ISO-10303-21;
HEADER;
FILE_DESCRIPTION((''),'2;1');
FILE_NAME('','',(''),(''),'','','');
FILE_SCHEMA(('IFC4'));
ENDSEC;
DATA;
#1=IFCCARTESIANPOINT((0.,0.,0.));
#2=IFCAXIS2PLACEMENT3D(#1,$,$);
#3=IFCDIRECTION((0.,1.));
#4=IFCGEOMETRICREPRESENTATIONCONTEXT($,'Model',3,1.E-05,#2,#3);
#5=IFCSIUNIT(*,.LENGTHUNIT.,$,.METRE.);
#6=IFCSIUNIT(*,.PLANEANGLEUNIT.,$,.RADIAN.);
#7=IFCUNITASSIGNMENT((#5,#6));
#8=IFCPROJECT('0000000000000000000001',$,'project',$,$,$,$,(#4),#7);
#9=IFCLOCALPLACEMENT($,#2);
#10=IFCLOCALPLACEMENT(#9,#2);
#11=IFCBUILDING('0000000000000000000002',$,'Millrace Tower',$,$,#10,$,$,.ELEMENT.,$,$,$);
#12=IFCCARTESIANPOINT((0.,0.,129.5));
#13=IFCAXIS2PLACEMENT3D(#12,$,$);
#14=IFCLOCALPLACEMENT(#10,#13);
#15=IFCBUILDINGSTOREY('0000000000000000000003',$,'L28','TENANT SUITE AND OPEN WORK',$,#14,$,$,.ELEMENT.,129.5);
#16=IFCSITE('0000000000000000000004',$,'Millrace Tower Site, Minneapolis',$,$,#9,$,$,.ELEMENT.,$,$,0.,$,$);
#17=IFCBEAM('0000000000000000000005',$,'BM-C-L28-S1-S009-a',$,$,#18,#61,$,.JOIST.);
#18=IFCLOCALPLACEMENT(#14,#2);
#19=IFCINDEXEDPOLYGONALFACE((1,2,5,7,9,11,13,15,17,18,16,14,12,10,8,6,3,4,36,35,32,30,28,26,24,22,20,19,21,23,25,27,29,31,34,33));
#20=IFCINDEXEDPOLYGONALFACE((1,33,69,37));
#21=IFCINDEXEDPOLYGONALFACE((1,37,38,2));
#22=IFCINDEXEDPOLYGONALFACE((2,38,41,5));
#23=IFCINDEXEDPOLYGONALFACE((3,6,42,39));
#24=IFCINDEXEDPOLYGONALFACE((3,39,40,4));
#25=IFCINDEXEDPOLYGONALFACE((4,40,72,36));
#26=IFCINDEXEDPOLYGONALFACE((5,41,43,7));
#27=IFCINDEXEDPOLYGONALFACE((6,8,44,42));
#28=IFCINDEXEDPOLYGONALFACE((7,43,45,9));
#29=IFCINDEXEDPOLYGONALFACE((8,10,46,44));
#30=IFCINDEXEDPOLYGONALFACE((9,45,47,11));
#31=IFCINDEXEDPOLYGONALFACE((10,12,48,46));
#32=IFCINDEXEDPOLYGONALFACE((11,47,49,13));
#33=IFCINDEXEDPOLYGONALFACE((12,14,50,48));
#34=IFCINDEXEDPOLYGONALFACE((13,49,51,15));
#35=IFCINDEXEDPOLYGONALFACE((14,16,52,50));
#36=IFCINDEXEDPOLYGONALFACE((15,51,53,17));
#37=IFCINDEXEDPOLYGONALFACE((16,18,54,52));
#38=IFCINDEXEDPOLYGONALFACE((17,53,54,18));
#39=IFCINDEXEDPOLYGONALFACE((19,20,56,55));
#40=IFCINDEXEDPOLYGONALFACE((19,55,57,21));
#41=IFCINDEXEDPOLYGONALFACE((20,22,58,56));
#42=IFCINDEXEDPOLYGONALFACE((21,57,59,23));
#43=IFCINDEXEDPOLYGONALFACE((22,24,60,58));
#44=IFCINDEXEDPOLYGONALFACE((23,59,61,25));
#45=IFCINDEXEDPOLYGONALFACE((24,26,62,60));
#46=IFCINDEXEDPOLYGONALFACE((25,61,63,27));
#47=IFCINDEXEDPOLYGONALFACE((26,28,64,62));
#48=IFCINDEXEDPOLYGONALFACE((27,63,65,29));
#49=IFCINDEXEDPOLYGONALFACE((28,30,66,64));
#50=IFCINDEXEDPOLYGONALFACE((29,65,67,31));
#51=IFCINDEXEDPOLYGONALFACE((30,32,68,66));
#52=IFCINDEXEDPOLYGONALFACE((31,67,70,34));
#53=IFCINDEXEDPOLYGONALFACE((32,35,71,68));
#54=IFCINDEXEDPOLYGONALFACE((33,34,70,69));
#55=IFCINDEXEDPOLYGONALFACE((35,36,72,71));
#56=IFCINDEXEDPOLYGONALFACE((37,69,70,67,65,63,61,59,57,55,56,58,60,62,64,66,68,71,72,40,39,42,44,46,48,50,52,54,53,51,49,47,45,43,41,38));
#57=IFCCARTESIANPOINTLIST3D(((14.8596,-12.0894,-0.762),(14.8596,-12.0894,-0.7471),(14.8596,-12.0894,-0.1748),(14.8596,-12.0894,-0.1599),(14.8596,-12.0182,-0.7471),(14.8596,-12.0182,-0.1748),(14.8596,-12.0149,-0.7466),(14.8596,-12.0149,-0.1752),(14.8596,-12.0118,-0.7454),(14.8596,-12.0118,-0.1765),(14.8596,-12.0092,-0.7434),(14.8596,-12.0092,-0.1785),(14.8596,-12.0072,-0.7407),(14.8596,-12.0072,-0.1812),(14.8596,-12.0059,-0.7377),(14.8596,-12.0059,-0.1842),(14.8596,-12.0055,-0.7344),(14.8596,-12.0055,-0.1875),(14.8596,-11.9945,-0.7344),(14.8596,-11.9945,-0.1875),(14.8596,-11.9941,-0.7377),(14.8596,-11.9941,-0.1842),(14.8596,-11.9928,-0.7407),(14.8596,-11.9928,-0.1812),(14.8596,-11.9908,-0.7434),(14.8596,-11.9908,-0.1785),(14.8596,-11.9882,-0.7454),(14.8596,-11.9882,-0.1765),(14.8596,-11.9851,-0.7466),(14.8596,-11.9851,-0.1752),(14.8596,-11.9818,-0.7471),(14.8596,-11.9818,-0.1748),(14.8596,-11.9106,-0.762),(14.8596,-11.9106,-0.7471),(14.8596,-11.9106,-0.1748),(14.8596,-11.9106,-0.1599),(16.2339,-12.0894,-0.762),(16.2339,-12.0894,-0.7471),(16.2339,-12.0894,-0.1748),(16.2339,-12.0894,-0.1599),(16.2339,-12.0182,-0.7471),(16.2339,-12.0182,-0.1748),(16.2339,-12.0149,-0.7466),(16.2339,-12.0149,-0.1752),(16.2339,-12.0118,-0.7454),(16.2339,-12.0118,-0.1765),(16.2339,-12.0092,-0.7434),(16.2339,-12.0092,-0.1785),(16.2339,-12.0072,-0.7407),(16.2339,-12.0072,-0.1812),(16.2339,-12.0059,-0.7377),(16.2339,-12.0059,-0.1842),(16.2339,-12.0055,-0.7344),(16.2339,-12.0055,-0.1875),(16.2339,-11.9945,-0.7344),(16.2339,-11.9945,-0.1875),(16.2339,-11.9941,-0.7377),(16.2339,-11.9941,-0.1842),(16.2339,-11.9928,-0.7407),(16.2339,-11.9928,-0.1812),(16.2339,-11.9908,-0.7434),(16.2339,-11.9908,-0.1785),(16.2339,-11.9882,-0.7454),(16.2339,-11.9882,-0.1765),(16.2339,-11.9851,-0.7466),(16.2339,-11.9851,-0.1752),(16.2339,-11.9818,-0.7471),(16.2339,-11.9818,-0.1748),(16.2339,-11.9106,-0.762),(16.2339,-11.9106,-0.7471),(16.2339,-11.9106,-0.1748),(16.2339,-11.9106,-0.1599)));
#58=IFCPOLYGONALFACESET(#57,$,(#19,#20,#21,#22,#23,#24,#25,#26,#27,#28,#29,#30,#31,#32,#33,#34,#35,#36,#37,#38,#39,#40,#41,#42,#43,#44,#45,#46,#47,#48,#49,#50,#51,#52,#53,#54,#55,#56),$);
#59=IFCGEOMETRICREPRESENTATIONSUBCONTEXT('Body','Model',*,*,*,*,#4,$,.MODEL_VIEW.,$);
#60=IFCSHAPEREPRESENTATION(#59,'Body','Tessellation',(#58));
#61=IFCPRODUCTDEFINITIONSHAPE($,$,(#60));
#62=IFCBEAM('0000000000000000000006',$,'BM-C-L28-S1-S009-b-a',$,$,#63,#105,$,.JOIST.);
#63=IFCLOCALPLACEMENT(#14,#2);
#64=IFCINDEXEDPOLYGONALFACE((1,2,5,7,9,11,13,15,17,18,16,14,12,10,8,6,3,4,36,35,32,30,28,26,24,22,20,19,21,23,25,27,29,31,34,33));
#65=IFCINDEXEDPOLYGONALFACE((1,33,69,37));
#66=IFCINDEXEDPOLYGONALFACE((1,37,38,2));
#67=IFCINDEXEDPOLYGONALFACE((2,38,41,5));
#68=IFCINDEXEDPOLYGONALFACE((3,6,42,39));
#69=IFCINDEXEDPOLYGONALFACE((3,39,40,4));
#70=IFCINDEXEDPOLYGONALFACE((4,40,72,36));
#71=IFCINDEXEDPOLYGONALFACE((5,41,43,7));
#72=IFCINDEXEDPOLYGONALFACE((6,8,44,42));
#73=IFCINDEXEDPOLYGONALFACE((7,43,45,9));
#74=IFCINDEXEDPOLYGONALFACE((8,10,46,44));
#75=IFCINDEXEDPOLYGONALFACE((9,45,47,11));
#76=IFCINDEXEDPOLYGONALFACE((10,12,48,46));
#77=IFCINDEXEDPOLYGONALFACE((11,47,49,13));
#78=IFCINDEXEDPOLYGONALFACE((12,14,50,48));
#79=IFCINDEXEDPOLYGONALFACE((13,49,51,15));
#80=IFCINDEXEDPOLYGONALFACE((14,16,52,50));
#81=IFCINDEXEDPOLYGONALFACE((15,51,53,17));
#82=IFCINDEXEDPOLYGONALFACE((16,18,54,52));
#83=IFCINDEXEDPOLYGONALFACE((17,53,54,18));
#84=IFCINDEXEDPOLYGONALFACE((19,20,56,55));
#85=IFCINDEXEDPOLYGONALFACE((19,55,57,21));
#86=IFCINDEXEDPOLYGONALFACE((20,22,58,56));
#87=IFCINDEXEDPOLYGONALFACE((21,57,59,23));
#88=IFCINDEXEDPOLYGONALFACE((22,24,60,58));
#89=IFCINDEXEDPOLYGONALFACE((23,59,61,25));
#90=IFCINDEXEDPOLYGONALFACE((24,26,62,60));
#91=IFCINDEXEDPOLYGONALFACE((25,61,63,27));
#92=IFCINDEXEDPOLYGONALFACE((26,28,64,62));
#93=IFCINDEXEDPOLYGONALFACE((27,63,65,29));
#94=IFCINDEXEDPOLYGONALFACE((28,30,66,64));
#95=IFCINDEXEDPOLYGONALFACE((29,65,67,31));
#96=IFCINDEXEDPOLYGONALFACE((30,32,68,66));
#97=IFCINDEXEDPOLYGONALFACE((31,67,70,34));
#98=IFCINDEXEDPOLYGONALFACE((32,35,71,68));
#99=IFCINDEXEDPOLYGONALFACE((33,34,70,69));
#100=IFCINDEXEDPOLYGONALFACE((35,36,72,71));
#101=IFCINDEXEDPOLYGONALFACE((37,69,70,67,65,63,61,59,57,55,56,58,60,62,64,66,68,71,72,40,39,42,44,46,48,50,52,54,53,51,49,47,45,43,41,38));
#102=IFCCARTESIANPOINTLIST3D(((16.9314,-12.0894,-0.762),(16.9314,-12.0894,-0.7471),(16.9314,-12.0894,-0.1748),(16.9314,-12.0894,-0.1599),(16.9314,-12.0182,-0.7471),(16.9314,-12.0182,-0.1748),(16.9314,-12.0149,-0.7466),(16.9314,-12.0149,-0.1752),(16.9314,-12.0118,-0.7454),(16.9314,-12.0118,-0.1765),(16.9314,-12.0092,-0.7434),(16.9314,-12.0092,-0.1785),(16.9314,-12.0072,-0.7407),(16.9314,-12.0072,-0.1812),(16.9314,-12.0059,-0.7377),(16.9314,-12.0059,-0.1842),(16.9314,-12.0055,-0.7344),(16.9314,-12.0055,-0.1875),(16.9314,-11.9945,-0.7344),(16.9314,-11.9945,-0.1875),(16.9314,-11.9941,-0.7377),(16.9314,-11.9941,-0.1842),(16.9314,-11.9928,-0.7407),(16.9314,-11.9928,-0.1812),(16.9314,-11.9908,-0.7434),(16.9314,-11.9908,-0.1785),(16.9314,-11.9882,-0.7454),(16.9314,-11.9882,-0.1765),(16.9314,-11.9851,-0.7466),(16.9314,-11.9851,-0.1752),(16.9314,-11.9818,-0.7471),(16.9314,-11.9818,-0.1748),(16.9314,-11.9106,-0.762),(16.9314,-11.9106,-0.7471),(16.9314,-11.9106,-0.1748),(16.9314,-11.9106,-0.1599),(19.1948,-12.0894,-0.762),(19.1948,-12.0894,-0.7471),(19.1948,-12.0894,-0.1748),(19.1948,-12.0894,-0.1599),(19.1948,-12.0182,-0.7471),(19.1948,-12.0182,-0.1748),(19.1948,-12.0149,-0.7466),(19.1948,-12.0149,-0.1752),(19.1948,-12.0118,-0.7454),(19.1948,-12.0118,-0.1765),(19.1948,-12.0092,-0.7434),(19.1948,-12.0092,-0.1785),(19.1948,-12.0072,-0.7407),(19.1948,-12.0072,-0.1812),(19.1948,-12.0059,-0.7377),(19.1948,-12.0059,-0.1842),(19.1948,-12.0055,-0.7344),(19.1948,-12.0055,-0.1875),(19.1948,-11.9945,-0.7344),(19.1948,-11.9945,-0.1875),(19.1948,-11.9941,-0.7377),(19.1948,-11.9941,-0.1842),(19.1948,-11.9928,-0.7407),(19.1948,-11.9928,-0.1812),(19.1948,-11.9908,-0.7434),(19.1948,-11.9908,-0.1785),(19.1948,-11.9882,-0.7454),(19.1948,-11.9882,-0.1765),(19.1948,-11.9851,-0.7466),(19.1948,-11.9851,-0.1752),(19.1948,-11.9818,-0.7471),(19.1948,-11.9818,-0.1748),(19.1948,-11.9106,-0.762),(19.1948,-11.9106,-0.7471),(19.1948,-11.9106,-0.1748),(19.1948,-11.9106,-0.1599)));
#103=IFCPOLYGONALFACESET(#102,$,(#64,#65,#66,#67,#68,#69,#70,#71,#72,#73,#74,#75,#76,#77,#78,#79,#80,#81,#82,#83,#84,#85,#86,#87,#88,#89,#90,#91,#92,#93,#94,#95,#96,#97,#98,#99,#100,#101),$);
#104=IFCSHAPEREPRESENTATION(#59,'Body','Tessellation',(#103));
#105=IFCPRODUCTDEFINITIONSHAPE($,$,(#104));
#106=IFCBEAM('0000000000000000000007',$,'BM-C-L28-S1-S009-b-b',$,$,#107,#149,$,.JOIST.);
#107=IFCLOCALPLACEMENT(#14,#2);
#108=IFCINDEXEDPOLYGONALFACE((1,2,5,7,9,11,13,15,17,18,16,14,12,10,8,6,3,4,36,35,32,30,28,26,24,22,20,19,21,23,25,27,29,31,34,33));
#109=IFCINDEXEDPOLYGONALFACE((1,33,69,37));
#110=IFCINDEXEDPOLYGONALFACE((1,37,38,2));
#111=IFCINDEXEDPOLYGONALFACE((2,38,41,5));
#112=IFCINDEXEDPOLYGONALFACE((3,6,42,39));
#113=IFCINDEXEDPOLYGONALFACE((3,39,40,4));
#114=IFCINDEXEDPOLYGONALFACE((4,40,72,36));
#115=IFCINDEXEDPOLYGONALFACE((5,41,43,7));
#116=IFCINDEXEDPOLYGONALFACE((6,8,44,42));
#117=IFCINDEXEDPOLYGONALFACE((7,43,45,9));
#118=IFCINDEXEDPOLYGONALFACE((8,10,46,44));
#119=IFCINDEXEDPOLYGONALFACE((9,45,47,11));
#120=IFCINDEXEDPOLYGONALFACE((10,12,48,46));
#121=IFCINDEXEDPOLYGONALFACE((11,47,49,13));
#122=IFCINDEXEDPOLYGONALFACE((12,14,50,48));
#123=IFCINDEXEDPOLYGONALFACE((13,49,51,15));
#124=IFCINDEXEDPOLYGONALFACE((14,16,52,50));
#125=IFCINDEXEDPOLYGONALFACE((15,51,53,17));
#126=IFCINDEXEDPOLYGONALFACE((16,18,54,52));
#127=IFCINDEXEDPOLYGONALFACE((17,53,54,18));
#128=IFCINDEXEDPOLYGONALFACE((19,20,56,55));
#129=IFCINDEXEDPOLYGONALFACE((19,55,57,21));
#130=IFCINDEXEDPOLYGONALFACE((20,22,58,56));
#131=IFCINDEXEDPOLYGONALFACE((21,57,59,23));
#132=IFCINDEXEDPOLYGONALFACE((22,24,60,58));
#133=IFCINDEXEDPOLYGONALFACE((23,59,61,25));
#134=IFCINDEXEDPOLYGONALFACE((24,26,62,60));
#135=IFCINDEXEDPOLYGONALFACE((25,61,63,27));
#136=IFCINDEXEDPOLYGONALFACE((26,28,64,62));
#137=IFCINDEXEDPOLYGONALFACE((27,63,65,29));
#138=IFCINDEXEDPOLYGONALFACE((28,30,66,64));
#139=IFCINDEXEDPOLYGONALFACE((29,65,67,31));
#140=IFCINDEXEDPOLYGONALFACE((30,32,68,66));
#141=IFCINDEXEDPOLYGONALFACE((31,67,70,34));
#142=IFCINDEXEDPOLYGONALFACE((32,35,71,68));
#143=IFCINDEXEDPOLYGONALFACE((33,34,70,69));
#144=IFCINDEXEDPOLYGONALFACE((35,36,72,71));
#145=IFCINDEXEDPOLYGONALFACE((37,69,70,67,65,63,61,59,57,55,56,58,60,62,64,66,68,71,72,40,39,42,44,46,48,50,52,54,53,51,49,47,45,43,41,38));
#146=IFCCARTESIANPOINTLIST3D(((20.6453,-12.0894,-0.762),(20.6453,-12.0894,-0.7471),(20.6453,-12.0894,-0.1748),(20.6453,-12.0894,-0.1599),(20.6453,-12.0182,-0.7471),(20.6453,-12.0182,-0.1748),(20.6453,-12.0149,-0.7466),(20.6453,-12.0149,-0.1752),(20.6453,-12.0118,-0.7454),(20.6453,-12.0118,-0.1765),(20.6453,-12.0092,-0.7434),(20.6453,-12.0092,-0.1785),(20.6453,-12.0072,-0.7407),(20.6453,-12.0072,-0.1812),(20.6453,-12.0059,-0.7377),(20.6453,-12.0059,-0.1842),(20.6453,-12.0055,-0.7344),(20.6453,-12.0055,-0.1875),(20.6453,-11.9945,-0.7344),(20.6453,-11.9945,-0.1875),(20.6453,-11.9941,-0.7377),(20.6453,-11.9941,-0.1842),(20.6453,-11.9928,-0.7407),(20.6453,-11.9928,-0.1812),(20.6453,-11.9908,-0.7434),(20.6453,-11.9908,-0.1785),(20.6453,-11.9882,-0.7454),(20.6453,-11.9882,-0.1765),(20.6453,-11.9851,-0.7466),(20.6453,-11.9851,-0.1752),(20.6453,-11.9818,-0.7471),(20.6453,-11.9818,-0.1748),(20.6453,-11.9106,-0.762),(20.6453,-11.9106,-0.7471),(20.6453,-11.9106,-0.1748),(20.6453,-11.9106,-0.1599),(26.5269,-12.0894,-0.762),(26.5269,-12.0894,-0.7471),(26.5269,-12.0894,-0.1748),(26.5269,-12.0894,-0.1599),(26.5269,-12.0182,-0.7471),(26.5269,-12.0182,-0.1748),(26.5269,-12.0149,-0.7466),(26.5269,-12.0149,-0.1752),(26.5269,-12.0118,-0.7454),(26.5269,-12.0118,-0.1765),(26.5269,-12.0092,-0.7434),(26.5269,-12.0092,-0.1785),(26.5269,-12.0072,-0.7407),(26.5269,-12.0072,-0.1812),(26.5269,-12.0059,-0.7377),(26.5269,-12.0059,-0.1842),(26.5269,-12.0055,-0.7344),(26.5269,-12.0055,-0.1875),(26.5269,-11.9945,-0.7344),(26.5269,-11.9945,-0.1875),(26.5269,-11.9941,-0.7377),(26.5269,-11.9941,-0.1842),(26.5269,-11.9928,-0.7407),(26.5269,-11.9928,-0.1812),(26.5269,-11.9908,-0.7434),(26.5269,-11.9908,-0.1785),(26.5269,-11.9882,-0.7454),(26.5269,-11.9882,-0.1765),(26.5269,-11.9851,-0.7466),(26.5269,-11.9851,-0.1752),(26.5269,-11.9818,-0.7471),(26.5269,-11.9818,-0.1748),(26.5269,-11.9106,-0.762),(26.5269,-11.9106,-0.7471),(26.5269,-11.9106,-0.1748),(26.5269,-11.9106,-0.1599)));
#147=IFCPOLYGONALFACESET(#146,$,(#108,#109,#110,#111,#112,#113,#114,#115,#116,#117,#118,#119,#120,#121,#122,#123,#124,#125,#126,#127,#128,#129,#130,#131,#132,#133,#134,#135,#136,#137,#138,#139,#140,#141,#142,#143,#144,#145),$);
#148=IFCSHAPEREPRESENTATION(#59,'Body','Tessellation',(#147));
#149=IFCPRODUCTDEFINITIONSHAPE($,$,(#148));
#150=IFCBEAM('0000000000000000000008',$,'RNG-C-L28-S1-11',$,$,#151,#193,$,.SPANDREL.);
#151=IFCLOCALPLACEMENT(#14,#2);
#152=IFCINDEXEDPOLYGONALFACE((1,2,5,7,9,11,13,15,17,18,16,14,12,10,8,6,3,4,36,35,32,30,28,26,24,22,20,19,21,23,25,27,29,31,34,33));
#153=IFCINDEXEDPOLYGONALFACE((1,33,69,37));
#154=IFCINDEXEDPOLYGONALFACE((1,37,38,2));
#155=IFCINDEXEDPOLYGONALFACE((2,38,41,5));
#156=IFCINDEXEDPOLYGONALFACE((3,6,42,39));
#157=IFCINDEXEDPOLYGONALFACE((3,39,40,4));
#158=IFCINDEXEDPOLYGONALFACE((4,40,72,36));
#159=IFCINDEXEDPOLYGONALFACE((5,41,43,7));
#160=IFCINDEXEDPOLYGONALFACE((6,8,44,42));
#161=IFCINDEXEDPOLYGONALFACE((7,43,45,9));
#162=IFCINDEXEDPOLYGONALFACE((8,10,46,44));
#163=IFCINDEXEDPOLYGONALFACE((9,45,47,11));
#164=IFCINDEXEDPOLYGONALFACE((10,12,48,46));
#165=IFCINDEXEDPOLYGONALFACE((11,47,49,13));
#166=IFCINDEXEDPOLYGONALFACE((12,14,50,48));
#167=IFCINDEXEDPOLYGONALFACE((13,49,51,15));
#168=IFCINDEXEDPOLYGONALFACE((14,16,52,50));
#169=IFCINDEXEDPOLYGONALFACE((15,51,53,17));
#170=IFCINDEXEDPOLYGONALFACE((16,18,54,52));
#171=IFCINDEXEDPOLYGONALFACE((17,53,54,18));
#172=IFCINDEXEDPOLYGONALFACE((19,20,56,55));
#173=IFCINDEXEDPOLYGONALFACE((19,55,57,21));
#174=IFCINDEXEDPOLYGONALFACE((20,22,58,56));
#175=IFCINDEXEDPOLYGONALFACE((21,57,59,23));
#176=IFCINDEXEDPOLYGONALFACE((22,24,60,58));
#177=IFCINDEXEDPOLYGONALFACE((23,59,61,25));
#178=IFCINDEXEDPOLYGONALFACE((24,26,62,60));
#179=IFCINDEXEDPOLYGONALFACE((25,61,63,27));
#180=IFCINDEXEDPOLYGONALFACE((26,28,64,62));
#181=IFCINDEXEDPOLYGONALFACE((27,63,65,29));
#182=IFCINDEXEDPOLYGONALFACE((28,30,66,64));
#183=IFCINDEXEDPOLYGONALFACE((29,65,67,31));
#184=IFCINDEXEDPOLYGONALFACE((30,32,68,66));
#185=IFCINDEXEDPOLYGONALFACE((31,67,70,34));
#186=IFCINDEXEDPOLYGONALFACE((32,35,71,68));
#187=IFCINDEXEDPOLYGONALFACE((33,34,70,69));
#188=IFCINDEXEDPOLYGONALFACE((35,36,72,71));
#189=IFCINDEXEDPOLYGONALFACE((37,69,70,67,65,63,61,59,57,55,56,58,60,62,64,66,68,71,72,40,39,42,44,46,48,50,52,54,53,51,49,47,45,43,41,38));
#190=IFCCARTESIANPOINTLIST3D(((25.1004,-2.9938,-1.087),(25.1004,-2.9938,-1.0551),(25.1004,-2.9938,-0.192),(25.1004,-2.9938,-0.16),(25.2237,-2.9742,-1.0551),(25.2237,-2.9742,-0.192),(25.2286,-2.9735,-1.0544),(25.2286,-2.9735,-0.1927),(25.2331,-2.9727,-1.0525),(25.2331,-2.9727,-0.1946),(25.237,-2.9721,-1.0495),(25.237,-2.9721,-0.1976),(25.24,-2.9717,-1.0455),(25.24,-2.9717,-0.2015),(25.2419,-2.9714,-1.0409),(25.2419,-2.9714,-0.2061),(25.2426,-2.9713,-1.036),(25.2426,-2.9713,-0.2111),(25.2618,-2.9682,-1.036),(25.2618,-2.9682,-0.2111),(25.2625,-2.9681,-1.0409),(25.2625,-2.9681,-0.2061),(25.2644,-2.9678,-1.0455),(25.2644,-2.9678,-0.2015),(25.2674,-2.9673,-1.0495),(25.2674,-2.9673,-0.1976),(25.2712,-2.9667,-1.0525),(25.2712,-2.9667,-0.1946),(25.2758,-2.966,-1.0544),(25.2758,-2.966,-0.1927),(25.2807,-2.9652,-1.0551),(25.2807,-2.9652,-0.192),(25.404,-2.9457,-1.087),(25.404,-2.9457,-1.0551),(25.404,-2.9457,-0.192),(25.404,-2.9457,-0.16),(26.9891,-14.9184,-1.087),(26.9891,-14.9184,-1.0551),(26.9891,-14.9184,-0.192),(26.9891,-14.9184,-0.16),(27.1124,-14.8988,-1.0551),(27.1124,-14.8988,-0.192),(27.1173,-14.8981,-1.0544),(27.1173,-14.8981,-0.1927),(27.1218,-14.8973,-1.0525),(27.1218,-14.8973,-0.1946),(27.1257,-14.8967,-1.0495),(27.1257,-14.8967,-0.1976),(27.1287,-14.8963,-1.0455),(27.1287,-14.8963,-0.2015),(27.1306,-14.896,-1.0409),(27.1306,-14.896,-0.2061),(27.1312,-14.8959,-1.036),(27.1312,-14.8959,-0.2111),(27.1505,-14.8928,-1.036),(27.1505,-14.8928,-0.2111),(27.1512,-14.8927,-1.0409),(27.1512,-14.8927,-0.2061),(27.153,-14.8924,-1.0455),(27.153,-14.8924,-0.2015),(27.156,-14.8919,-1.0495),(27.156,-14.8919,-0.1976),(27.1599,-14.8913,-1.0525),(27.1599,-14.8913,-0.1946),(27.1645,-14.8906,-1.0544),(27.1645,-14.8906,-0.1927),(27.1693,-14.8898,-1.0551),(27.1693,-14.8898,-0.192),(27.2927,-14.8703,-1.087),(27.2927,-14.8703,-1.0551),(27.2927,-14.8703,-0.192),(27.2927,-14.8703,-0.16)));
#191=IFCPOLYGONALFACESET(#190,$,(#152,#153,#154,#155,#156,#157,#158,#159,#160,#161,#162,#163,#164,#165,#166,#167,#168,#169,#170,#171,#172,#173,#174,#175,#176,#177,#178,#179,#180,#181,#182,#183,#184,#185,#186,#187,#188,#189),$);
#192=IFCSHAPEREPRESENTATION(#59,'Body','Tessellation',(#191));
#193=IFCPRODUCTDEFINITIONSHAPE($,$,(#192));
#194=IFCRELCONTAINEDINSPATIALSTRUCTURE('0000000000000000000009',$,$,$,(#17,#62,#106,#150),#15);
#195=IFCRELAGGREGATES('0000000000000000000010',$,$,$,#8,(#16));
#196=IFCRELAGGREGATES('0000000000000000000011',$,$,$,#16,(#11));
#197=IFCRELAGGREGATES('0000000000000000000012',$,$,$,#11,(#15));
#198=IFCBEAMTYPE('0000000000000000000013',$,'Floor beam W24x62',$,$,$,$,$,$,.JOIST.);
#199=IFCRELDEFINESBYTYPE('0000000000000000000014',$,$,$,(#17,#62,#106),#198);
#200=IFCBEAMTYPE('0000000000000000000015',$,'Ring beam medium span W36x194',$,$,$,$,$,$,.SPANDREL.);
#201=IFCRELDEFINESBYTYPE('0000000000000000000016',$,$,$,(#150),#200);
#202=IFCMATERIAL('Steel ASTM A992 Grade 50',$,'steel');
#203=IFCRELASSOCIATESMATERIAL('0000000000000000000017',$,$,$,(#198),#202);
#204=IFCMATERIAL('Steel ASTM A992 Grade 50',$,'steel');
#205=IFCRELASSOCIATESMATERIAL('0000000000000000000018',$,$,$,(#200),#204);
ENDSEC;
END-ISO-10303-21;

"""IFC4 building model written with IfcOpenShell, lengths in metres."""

from ifc_helpers import new_model, si_unit, direction, frame, origin, origin_2d, place, context, subcontext, project, spatial, i_section, extrude, material, material_profile, profile_set, type_object, element, save


model = new_model("IFC4")

# Units and contexts
model_context = context("Model", 3, precision=1e-05, world=origin(), true_north=direction((0.0, 1.0)))
body_context = subcontext(model_context, "Body", "Model", "MODEL_VIEW")
ifc_project = project(units=[si_unit("LENGTHUNIT", "METRE"), si_unit("PLANEANGLEUNIT", "RADIAN")], contexts=[model_context])

# Site, building, storey
site_placement = place(None, origin())
site = spatial("IfcSite", under=ifc_project, at=site_placement, Name="Millrace Tower Site, Minneapolis", CompositionType="ELEMENT", RefElevation=0.0)
building_placement = place(site_placement, origin())
building = spatial("IfcBuilding", under=site, at=building_placement, Name="Millrace Tower", CompositionType="ELEMENT")
storey_placement = place(building_placement, frame((0.0, 0.0, 129.5)))
storey = spatial("IfcBuildingStorey", under=building, at=storey_placement, Name="L28", Description="TENANT SUITE AND OPEN WORK", CompositionType="ELEMENT", Elevation=129.5)

# Beams
ifc_material_1 = material(Name="Steel ASTM A992 Grade 50", Category="steel")
ifc_material_profile_1 = material_profile(ifc_material_1, i_section(OverallWidth=0.1787, OverallDepth=0.6021, WebThickness=0.011, FlangeThickness=0.0149, FilletRadius=0.0127, at=origin_2d()))
ifc_profile_set_1 = profile_set([ifc_material_profile_1], Name="Steel ASTM A992 Grade 50")
beam_type_1 = type_object("IfcBeamType", Name="Floor beam W24x62", PredefinedType="JOIST", material=ifc_profile_set_1)
beam_1_placement = place(storey_placement, frame((14.8596, -12.0, -0.4609), z_axis=(1.0, 0.0, 0.0), x_axis=(0.0, 1.0, 0.0)))
element("IfcBeam", 1, at=beam_1_placement, inside=storey, type_object=beam_type_1, Name="BM-C-L28-S1-S009-a", PredefinedType="JOIST", context=body_context, shape_type="SweptSolid", body=[
    extrude(i_section(OverallWidth=0.1787, OverallDepth=0.6021, WebThickness=0.011, FlangeThickness=0.0149, FilletRadius=0.0127, at=origin_2d()), origin(), (0.0, 0.0, 1.0), 1.3743),
])
beam_2_placement = place(storey_placement, frame((16.9314, -12.0, -0.4609), z_axis=(1.0, 0.0, 0.0), x_axis=(0.0, 1.0, 0.0)))
element("IfcBeam", 2, at=beam_2_placement, inside=storey, type_object=beam_type_1, Name="BM-C-L28-S1-S009-b-a", PredefinedType="JOIST", context=body_context, shape_type="SweptSolid", body=[
    extrude(i_section(OverallWidth=0.1787, OverallDepth=0.6021, WebThickness=0.011, FlangeThickness=0.0149, FilletRadius=0.0127, at=origin_2d()), origin(), (0.0, 0.0, 1.0), 2.2634),
])
beam_3_placement = place(storey_placement, frame((20.6453, -12.0, -0.4609), z_axis=(1.0, 0.0, 0.0), x_axis=(0.0, 1.0, 0.0)))
element("IfcBeam", 3, at=beam_3_placement, inside=storey, type_object=beam_type_1, Name="BM-C-L28-S1-S009-b-b", PredefinedType="JOIST", context=body_context, shape_type="SweptSolid", body=[
    extrude(i_section(OverallWidth=0.1787, OverallDepth=0.6021, WebThickness=0.011, FlangeThickness=0.0149, FilletRadius=0.0127, at=origin_2d()), origin(), (0.0, 0.0, 1.0), 5.8816),
])
ifc_material_2 = material(Name="Steel ASTM A992 Grade 50", Category="steel")
ifc_material_profile_2 = material_profile(ifc_material_2, i_section(OverallWidth=0.3074, OverallDepth=0.927, WebThickness=0.0195, FlangeThickness=0.032, FilletRadius=0.019, at=origin_2d()))
ifc_profile_set_2 = profile_set([ifc_material_profile_2], Name="Steel ASTM A992 Grade 50")
beam_type_2 = type_object("IfcBeamType", Name="Ring beam medium span W36x194", PredefinedType="SPANDREL", material=ifc_profile_set_2)
beam_4_placement = place(storey_placement, frame((25.2522, -2.9697, -0.6235), z_axis=(0.156435, -0.987688, 0.0), x_axis=(0.987688, 0.156435, 0.0)))
element("IfcBeam", 4, at=beam_4_placement, inside=storey, type_object=beam_type_2, Name="RNG-C-L28-S1-11", PredefinedType="SPANDREL", context=body_context, shape_type="SweptSolid", body=[
    extrude(i_section(OverallWidth=0.3074, OverallDepth=0.927, WebThickness=0.0195, FlangeThickness=0.032, FilletRadius=0.019, at=origin_2d()), origin(), (0.0, 0.0, 1.0), 12.0732),
])

save(model, "model.ifc")
